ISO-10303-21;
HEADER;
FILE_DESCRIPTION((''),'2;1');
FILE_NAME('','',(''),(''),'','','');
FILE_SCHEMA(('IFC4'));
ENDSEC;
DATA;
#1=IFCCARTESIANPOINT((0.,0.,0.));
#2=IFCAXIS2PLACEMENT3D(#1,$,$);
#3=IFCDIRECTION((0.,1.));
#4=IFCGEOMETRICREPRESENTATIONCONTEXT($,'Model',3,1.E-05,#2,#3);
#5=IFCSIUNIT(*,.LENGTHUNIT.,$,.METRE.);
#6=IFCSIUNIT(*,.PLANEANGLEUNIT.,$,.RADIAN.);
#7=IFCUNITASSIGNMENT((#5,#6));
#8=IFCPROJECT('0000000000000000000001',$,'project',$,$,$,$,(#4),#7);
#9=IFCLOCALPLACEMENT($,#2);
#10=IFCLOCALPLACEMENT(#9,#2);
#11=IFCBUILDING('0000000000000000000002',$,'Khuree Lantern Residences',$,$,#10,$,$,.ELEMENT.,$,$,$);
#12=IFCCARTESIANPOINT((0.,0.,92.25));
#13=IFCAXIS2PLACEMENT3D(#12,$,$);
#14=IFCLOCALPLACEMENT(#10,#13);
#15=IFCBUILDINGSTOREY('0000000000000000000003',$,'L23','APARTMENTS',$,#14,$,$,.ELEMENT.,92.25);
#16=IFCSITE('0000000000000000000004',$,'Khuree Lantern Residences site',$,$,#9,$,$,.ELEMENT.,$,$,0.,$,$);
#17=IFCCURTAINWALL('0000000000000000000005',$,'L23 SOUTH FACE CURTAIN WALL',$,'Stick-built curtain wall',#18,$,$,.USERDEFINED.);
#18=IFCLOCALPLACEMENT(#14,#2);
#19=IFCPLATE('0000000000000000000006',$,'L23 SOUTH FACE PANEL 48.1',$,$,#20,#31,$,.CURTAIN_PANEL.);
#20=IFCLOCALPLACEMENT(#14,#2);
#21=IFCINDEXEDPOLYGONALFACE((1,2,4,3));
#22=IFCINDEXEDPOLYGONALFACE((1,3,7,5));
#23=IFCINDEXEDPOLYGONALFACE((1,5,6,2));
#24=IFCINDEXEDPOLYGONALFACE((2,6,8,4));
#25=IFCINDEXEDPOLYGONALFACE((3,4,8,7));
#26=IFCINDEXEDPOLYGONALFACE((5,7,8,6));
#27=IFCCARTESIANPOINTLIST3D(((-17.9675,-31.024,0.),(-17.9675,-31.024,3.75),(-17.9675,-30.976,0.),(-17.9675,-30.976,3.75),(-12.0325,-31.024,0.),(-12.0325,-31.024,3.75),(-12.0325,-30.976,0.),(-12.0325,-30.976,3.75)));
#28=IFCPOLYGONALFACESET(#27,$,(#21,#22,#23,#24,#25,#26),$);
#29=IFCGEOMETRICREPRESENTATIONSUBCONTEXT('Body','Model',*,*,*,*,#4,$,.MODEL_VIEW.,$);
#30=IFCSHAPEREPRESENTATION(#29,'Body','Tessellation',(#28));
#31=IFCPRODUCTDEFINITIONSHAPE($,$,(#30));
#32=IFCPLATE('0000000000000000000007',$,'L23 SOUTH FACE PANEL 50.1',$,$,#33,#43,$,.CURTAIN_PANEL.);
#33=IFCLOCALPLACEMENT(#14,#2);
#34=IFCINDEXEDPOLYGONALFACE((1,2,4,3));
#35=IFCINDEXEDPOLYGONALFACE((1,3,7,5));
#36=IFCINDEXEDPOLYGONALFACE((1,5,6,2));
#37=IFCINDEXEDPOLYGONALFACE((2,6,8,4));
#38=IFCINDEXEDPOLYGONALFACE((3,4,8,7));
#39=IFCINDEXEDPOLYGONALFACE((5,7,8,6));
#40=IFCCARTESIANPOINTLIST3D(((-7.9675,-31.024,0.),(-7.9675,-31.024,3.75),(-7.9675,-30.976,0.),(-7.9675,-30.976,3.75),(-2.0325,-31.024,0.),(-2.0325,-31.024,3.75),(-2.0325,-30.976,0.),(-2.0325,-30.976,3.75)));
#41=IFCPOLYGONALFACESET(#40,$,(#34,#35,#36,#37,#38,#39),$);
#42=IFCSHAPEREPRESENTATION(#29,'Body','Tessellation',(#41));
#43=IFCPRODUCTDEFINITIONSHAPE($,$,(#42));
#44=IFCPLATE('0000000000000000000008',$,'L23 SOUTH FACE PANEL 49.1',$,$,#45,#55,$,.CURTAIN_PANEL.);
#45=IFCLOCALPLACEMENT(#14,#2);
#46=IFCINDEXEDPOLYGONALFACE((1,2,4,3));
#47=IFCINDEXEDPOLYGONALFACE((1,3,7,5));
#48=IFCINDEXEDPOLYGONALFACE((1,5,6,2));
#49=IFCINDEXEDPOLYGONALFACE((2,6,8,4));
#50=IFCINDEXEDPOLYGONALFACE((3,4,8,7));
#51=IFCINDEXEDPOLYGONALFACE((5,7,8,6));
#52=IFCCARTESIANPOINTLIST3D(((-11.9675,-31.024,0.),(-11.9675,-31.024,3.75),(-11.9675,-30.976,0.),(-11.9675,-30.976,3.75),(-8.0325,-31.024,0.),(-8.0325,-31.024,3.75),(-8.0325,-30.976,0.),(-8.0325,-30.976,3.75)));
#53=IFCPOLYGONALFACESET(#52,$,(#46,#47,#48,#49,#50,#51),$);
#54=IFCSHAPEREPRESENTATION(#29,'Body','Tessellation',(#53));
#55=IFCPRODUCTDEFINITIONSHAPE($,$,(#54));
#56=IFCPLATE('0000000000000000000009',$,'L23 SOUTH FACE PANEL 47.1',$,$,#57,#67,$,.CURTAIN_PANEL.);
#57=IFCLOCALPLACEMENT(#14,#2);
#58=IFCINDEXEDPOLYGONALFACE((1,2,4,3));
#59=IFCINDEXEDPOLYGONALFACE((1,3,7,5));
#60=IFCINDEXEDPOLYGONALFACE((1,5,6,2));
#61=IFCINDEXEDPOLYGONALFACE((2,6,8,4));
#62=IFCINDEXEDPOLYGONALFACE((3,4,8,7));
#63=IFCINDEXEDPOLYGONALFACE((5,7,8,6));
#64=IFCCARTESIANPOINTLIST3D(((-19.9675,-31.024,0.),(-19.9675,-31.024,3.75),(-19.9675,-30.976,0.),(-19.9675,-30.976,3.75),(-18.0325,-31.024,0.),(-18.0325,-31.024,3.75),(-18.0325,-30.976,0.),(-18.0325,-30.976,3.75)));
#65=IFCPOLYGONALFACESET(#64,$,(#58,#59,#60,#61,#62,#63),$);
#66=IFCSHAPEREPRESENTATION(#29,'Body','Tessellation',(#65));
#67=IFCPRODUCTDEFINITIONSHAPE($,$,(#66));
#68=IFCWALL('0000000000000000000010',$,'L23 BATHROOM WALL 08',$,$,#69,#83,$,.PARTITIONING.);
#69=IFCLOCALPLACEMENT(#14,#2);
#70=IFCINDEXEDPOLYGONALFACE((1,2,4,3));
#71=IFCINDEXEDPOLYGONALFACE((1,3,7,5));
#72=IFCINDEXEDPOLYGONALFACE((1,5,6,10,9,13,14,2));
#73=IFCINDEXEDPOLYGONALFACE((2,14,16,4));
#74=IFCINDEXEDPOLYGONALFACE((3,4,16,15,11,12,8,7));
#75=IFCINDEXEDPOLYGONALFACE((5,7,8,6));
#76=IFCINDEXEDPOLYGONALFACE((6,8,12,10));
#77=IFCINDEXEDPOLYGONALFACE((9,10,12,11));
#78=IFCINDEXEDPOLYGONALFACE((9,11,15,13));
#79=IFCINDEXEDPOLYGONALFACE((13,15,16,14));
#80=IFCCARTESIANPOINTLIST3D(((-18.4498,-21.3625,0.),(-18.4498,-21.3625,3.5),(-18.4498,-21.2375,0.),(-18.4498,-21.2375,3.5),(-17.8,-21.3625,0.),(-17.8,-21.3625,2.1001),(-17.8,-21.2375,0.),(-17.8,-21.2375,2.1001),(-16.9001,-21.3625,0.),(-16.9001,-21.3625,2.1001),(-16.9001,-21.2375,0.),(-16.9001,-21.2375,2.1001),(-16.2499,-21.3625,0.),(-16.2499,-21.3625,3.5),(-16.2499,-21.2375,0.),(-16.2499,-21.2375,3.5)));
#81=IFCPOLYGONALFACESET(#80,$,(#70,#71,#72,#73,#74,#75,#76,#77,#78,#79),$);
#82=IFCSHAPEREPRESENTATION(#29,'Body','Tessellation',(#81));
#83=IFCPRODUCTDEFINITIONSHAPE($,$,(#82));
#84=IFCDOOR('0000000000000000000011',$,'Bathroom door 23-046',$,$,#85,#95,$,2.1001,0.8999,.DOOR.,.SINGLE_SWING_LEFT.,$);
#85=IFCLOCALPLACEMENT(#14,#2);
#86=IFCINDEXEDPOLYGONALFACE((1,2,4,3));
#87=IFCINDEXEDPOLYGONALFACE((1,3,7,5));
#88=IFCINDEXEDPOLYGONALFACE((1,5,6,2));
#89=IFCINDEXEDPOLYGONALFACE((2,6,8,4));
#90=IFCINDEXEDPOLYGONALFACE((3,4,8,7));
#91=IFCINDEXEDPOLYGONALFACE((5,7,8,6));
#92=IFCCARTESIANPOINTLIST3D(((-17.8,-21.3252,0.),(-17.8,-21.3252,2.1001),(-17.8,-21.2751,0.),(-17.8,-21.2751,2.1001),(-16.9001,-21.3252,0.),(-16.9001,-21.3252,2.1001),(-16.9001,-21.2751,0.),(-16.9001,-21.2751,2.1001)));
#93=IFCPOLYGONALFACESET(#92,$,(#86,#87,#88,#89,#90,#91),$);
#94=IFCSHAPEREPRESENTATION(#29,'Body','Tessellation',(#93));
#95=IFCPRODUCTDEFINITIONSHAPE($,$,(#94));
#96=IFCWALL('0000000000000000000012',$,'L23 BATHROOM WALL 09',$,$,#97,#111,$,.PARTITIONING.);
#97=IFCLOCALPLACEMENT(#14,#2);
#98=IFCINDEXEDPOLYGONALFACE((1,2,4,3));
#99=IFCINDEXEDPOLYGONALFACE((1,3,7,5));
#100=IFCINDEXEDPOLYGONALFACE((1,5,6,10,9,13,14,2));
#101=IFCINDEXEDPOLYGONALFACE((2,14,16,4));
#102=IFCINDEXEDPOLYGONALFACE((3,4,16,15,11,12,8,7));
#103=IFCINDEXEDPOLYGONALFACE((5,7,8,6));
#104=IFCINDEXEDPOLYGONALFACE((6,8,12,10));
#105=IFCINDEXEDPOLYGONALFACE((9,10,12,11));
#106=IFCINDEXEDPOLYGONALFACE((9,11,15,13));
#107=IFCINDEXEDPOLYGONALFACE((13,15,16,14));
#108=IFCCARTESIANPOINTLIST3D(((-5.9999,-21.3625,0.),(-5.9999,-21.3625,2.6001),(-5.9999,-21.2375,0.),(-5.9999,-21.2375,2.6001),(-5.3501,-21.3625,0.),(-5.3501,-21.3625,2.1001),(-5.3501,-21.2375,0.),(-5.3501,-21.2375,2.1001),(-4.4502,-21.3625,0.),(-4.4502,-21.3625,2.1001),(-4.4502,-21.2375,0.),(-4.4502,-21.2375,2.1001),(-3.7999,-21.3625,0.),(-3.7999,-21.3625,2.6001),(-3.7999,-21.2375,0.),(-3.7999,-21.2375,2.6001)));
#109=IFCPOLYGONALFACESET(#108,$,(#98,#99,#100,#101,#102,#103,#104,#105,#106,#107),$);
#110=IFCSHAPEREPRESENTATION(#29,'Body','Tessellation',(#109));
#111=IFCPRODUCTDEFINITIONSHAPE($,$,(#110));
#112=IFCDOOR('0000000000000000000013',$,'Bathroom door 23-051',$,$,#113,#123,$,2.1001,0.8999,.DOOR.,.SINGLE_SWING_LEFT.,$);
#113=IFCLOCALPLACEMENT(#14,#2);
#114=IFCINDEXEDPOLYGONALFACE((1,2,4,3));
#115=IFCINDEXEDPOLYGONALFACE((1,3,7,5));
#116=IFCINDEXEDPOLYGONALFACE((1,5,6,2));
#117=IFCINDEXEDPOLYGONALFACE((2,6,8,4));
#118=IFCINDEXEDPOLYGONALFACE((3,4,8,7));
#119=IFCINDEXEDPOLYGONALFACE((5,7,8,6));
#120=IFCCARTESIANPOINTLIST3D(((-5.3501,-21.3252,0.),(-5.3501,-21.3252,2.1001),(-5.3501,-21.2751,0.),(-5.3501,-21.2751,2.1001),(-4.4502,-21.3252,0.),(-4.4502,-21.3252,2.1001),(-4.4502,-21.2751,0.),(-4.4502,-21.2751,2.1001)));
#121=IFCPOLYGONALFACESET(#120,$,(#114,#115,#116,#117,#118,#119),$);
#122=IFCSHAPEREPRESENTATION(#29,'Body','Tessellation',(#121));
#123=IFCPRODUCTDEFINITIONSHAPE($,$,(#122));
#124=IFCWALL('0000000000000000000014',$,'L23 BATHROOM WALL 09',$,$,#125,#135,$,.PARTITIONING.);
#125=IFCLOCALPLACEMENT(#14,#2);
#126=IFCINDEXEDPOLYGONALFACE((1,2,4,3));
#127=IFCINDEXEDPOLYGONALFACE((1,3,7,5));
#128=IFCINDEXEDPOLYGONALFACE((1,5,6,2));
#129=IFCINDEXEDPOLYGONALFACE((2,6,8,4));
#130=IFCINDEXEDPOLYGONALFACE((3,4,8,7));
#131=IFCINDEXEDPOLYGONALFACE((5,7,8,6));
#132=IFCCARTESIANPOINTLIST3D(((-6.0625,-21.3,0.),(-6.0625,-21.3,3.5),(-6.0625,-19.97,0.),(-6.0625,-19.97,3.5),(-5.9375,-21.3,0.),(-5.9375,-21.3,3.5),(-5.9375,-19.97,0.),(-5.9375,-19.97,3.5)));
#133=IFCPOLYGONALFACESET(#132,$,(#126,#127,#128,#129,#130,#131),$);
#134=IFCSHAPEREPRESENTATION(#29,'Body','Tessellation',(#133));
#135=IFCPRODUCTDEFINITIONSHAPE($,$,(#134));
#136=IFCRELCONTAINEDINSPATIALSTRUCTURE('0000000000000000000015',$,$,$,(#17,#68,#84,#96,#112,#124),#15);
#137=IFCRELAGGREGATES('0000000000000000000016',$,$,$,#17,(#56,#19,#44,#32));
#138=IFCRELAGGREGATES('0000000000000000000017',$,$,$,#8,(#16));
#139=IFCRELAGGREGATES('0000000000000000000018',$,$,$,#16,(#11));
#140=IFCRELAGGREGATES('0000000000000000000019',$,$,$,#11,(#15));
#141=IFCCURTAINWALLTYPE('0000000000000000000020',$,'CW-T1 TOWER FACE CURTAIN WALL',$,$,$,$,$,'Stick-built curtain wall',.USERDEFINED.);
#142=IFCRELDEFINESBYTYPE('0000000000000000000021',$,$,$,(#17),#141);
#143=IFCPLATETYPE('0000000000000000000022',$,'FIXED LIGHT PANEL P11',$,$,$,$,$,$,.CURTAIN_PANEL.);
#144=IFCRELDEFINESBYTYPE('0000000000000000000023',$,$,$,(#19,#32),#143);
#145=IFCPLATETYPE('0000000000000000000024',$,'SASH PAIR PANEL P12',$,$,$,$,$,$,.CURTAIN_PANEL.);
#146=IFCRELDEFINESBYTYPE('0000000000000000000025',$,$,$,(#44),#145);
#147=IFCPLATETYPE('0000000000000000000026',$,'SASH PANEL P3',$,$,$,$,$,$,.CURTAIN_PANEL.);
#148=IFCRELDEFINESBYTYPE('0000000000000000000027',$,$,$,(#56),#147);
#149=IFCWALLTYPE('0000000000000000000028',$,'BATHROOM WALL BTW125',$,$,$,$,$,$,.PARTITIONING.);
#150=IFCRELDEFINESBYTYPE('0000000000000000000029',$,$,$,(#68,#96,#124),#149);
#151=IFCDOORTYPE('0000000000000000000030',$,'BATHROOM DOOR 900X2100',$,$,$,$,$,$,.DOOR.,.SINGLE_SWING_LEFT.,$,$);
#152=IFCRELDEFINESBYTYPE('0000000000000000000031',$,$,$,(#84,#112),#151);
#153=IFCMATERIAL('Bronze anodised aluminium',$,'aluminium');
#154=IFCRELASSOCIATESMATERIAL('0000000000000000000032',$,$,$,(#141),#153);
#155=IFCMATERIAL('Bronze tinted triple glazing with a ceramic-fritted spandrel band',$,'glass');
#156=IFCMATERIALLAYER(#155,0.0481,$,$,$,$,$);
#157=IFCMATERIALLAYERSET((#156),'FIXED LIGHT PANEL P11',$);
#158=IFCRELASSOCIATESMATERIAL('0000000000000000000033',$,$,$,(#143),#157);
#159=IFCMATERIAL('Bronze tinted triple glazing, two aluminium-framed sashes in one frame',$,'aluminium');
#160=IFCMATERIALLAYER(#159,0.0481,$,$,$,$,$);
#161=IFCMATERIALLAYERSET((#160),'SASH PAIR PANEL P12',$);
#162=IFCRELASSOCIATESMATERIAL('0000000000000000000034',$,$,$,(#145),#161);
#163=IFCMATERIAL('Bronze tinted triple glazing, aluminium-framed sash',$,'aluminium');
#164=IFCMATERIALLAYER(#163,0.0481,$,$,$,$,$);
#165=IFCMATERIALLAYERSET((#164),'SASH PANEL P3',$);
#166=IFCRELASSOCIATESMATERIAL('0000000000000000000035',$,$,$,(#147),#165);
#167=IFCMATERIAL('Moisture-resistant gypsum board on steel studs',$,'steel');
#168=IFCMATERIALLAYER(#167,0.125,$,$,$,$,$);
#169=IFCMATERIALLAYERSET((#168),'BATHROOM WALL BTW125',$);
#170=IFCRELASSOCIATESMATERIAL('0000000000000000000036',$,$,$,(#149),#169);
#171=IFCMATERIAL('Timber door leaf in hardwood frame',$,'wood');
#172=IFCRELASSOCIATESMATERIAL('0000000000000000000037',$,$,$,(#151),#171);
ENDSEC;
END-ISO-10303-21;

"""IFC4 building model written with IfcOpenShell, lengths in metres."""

from ifc_helpers import new_model, si_unit, direction, frame, frame_2d, origin, origin_2d, place, context, subcontext, project, spatial, rectangle, extrude, material, layer, layer_set, type_object, element, fill, aggregate, save


model = new_model("IFC4")

# Units and contexts
model_context = context("Model", 3, precision=1e-05, world=origin(), true_north=direction((0.0, 1.0)))
body_context = subcontext(model_context, "Body", "Model", "MODEL_VIEW")
ifc_project = project(units=[si_unit("LENGTHUNIT", "METRE"), si_unit("PLANEANGLEUNIT", "RADIAN")], contexts=[model_context])

# Site, building, storey
site_placement = place(None, origin())
site = spatial("IfcSite", under=ifc_project, at=site_placement, Name="Khuree Lantern Residences site", CompositionType="ELEMENT", RefElevation=0.0)
building_placement = place(site_placement, origin())
building = spatial("IfcBuilding", under=site, at=building_placement, Name="Khuree Lantern Residences", CompositionType="ELEMENT")
storey_placement = place(building_placement, frame((0.0, 0.0, 92.25)))
storey = spatial("IfcBuildingStorey", under=building, at=storey_placement, Name="L23", Description="APARTMENTS", CompositionType="ELEMENT", Elevation=92.25)

# Curtain wall
ifc_material_1 = material(Name="Bronze anodised aluminium", Category="aluminium")
curtain_wall_type = type_object("IfcCurtainWallType", Name="CW-T1 TOWER FACE CURTAIN WALL", ElementType="Stick-built curtain wall", PredefinedType="USERDEFINED", material=ifc_material_1)
curtain_wall_placement = place(storey_placement, origin())
curtain_wall = element("IfcCurtainWall", 1, at=curtain_wall_placement, inside=storey, type_object=curtain_wall_type, Name="L23 SOUTH FACE CURTAIN WALL", ObjectType="Stick-built curtain wall", PredefinedType="USERDEFINED")

# Plates
ifc_material_2 = material(Name="Bronze tinted triple glazing with a ceramic-fritted spandrel band", Category="glass")
ifc_layer_1 = layer(ifc_material_2, 0.0481)
ifc_layer_set_1 = layer_set([ifc_layer_1], Name="FIXED LIGHT PANEL P11")
plate_type_1 = type_object("IfcPlateType", Name="FIXED LIGHT PANEL P11", PredefinedType="CURTAIN_PANEL", material=ifc_layer_set_1)
plate_1_placement = place(storey_placement, frame((-15.0, -31.0, 0.0), z_axis=(0.0, 0.0, 1.0), x_axis=(1.0, 0.0, 0.0)))
plate_1 = element("IfcPlate", 2, at=plate_1_placement, type_object=plate_type_1, Name="L23 SOUTH FACE PANEL 48.1", PredefinedType="CURTAIN_PANEL", context=body_context, shape_type="SweptSolid", body=[
    extrude(rectangle(XDim=5.9351, YDim=0.0481, at=origin_2d()), origin(), (0.0, 0.0, 1.0), 3.75),
])
plate_2_placement = place(storey_placement, frame((-5.0, -31.0, 0.0), z_axis=(0.0, 0.0, 1.0), x_axis=(1.0, 0.0, 0.0)))
plate_2 = element("IfcPlate", 3, at=plate_2_placement, type_object=plate_type_1, Name="L23 SOUTH FACE PANEL 50.1", PredefinedType="CURTAIN_PANEL", context=body_context, shape_type="SweptSolid", body=[
    extrude(rectangle(XDim=5.9351, YDim=0.0481, at=origin_2d()), origin(), (0.0, 0.0, 1.0), 3.75),
])
ifc_material_3 = material(Name="Bronze tinted triple glazing, two aluminium-framed sashes in one frame", Category="aluminium")
ifc_layer_2 = layer(ifc_material_3, 0.0481)
ifc_layer_set_2 = layer_set([ifc_layer_2], Name="SASH PAIR PANEL P12")
plate_type_2 = type_object("IfcPlateType", Name="SASH PAIR PANEL P12", PredefinedType="CURTAIN_PANEL", material=ifc_layer_set_2)
plate_3_placement = place(storey_placement, frame((-10.0, -31.0, 0.0), z_axis=(0.0, 0.0, 1.0), x_axis=(1.0, 0.0, 0.0)))
plate_3 = element("IfcPlate", 4, at=plate_3_placement, type_object=plate_type_2, Name="L23 SOUTH FACE PANEL 49.1", PredefinedType="CURTAIN_PANEL", context=body_context, shape_type="SweptSolid", body=[
    extrude(rectangle(XDim=3.9351, YDim=0.0481, at=origin_2d()), origin(), (0.0, 0.0, 1.0), 3.75),
])
ifc_material_4 = material(Name="Bronze tinted triple glazing, aluminium-framed sash", Category="aluminium")
ifc_layer_3 = layer(ifc_material_4, 0.0481)
ifc_layer_set_3 = layer_set([ifc_layer_3], Name="SASH PANEL P3")
plate_type_3 = type_object("IfcPlateType", Name="SASH PANEL P3", PredefinedType="CURTAIN_PANEL", material=ifc_layer_set_3)
plate_4_placement = place(storey_placement, frame((-19.0, -31.0, 0.0), z_axis=(0.0, 0.0, 1.0), x_axis=(1.0, 0.0, 0.0)))
plate_4 = element("IfcPlate", 5, at=plate_4_placement, type_object=plate_type_3, Name="L23 SOUTH FACE PANEL 47.1", PredefinedType="CURTAIN_PANEL", context=body_context, shape_type="SweptSolid", body=[
    extrude(rectangle(XDim=1.9351, YDim=0.0481, at=origin_2d()), origin(), (0.0, 0.0, 1.0), 3.75),
])
aggregate(curtain_wall, [plate_4, plate_1, plate_3, plate_2])

# Walls, openings, doors
ifc_material_5 = material(Name="Moisture-resistant gypsum board on steel studs", Category="steel")
ifc_layer_4 = layer(ifc_material_5, 0.125)
ifc_layer_set_4 = layer_set([ifc_layer_4], Name="BATHROOM WALL BTW125")
wall_type_1 = type_object("IfcWallType", Name="BATHROOM WALL BTW125", PredefinedType="PARTITIONING", material=ifc_layer_set_4)
wall_1_placement = place(storey_placement, frame((-18.45, -21.3, 0.0), z_axis=(0.0, 0.0, 1.0), x_axis=(1.0, 0.0, 0.0)))
wall_1 = element("IfcWall", 6, at=wall_1_placement, inside=storey, type_object=wall_type_1, Name="L23 BATHROOM WALL 08", PredefinedType="PARTITIONING", context=body_context, shape_type="SweptSolid", body=[
    extrude(rectangle(XDim=2.2, YDim=0.125, at=frame_2d((1.1001, 0.0))), origin(), (0.0, 0.0, 1.0), 3.5),
])
opening_1_placement = place(wall_1_placement, frame((0.6499, 0.0, 0.0)))
opening_1 = element("IfcOpeningElement", 7, at=opening_1_placement, cuts=wall_1, PredefinedType="OPENING", context=body_context, shape_type="SweptSolid", body=[
    extrude(rectangle(XDim=0.8999, YDim=2.1001, at=frame_2d((0.45, 1.05))), frame((0.0, 0.0725, 0.0), z_axis=(0.0, -1.0, 0.0), x_axis=(1.0, 0.0, 0.0)), (0.0, 0.0, 1.0), 0.145),
])
ifc_material_6 = material(Name="Timber door leaf in hardwood frame", Category="wood")
door_type_1 = type_object("IfcDoorType", Name="BATHROOM DOOR 900X2100", OperationType="SINGLE_SWING_LEFT", PredefinedType="DOOR", material=ifc_material_6)
door_1_placement = place(opening_1_placement, origin())
door_1 = element("IfcDoor", 8, at=door_1_placement, inside=storey, type_object=door_type_1, Name="Bathroom door 23-046", OperationType="SINGLE_SWING_LEFT", OverallHeight=2.1001, OverallWidth=0.8999, PredefinedType="DOOR", context=body_context, shape_type="SweptSolid", body=[
    extrude(rectangle(XDim=0.8999, YDim=2.1001, at=frame_2d((0.45, 1.05))), frame((0.0, 0.0249, 0.0), z_axis=(0.0, -1.0, 0.0), x_axis=(1.0, 0.0, 0.0)), (0.0, 0.0, 1.0), 0.05),
])
fill(opening_1, door_1)
wall_2_placement = place(storey_placement, frame((-6.0, -21.3, 0.0), z_axis=(0.0, 0.0, 1.0), x_axis=(1.0, 0.0, 0.0)))
wall_2 = element("IfcWall", 9, at=wall_2_placement, inside=storey, type_object=wall_type_1, Name="L23 BATHROOM WALL 09", PredefinedType="PARTITIONING", context=body_context, shape_type="SweptSolid", body=[
    extrude(rectangle(XDim=2.2, YDim=0.125, at=frame_2d((1.1001, 0.0))), origin(), (0.0, 0.0, 1.0), 2.6001),
])
opening_2_placement = place(wall_2_placement, frame((0.6499, 0.0, 0.0)))
opening_2 = element("IfcOpeningElement", 10, at=opening_2_placement, cuts=wall_2, PredefinedType="OPENING", context=body_context, shape_type="SweptSolid", body=[
    extrude(rectangle(XDim=0.8999, YDim=2.1001, at=frame_2d((0.45, 1.05))), frame((0.0, 0.0725, 0.0), z_axis=(0.0, -1.0, 0.0), x_axis=(1.0, 0.0, 0.0)), (0.0, 0.0, 1.0), 0.145),
])
door_2_placement = place(opening_2_placement, origin())
door_2 = element("IfcDoor", 11, at=door_2_placement, inside=storey, type_object=door_type_1, Name="Bathroom door 23-051", OperationType="SINGLE_SWING_LEFT", OverallHeight=2.1001, OverallWidth=0.8999, PredefinedType="DOOR", context=body_context, shape_type="SweptSolid", body=[
    extrude(rectangle(XDim=0.8999, YDim=2.1001, at=frame_2d((0.45, 1.05))), frame((0.0, 0.0249, 0.0), z_axis=(0.0, -1.0, 0.0), x_axis=(1.0, 0.0, 0.0)), (0.0, 0.0, 1.0), 0.05),
])
fill(opening_2, door_2)

# Wall
wall_3_placement = place(storey_placement, frame((-6.0, -19.97, 0.0), z_axis=(0.0, 0.0, 1.0), x_axis=(0.0, -1.0, 0.0)))
element("IfcWall", 12, at=wall_3_placement, inside=storey, type_object=wall_type_1, Name="L23 BATHROOM WALL 09", PredefinedType="PARTITIONING", context=body_context, shape_type="SweptSolid", body=[
    extrude(rectangle(XDim=1.3301, YDim=0.125, at=frame_2d((0.665, 0.0))), origin(), (0.0, 0.0, 1.0), 3.5),
])

save(model, "model.ifc")
